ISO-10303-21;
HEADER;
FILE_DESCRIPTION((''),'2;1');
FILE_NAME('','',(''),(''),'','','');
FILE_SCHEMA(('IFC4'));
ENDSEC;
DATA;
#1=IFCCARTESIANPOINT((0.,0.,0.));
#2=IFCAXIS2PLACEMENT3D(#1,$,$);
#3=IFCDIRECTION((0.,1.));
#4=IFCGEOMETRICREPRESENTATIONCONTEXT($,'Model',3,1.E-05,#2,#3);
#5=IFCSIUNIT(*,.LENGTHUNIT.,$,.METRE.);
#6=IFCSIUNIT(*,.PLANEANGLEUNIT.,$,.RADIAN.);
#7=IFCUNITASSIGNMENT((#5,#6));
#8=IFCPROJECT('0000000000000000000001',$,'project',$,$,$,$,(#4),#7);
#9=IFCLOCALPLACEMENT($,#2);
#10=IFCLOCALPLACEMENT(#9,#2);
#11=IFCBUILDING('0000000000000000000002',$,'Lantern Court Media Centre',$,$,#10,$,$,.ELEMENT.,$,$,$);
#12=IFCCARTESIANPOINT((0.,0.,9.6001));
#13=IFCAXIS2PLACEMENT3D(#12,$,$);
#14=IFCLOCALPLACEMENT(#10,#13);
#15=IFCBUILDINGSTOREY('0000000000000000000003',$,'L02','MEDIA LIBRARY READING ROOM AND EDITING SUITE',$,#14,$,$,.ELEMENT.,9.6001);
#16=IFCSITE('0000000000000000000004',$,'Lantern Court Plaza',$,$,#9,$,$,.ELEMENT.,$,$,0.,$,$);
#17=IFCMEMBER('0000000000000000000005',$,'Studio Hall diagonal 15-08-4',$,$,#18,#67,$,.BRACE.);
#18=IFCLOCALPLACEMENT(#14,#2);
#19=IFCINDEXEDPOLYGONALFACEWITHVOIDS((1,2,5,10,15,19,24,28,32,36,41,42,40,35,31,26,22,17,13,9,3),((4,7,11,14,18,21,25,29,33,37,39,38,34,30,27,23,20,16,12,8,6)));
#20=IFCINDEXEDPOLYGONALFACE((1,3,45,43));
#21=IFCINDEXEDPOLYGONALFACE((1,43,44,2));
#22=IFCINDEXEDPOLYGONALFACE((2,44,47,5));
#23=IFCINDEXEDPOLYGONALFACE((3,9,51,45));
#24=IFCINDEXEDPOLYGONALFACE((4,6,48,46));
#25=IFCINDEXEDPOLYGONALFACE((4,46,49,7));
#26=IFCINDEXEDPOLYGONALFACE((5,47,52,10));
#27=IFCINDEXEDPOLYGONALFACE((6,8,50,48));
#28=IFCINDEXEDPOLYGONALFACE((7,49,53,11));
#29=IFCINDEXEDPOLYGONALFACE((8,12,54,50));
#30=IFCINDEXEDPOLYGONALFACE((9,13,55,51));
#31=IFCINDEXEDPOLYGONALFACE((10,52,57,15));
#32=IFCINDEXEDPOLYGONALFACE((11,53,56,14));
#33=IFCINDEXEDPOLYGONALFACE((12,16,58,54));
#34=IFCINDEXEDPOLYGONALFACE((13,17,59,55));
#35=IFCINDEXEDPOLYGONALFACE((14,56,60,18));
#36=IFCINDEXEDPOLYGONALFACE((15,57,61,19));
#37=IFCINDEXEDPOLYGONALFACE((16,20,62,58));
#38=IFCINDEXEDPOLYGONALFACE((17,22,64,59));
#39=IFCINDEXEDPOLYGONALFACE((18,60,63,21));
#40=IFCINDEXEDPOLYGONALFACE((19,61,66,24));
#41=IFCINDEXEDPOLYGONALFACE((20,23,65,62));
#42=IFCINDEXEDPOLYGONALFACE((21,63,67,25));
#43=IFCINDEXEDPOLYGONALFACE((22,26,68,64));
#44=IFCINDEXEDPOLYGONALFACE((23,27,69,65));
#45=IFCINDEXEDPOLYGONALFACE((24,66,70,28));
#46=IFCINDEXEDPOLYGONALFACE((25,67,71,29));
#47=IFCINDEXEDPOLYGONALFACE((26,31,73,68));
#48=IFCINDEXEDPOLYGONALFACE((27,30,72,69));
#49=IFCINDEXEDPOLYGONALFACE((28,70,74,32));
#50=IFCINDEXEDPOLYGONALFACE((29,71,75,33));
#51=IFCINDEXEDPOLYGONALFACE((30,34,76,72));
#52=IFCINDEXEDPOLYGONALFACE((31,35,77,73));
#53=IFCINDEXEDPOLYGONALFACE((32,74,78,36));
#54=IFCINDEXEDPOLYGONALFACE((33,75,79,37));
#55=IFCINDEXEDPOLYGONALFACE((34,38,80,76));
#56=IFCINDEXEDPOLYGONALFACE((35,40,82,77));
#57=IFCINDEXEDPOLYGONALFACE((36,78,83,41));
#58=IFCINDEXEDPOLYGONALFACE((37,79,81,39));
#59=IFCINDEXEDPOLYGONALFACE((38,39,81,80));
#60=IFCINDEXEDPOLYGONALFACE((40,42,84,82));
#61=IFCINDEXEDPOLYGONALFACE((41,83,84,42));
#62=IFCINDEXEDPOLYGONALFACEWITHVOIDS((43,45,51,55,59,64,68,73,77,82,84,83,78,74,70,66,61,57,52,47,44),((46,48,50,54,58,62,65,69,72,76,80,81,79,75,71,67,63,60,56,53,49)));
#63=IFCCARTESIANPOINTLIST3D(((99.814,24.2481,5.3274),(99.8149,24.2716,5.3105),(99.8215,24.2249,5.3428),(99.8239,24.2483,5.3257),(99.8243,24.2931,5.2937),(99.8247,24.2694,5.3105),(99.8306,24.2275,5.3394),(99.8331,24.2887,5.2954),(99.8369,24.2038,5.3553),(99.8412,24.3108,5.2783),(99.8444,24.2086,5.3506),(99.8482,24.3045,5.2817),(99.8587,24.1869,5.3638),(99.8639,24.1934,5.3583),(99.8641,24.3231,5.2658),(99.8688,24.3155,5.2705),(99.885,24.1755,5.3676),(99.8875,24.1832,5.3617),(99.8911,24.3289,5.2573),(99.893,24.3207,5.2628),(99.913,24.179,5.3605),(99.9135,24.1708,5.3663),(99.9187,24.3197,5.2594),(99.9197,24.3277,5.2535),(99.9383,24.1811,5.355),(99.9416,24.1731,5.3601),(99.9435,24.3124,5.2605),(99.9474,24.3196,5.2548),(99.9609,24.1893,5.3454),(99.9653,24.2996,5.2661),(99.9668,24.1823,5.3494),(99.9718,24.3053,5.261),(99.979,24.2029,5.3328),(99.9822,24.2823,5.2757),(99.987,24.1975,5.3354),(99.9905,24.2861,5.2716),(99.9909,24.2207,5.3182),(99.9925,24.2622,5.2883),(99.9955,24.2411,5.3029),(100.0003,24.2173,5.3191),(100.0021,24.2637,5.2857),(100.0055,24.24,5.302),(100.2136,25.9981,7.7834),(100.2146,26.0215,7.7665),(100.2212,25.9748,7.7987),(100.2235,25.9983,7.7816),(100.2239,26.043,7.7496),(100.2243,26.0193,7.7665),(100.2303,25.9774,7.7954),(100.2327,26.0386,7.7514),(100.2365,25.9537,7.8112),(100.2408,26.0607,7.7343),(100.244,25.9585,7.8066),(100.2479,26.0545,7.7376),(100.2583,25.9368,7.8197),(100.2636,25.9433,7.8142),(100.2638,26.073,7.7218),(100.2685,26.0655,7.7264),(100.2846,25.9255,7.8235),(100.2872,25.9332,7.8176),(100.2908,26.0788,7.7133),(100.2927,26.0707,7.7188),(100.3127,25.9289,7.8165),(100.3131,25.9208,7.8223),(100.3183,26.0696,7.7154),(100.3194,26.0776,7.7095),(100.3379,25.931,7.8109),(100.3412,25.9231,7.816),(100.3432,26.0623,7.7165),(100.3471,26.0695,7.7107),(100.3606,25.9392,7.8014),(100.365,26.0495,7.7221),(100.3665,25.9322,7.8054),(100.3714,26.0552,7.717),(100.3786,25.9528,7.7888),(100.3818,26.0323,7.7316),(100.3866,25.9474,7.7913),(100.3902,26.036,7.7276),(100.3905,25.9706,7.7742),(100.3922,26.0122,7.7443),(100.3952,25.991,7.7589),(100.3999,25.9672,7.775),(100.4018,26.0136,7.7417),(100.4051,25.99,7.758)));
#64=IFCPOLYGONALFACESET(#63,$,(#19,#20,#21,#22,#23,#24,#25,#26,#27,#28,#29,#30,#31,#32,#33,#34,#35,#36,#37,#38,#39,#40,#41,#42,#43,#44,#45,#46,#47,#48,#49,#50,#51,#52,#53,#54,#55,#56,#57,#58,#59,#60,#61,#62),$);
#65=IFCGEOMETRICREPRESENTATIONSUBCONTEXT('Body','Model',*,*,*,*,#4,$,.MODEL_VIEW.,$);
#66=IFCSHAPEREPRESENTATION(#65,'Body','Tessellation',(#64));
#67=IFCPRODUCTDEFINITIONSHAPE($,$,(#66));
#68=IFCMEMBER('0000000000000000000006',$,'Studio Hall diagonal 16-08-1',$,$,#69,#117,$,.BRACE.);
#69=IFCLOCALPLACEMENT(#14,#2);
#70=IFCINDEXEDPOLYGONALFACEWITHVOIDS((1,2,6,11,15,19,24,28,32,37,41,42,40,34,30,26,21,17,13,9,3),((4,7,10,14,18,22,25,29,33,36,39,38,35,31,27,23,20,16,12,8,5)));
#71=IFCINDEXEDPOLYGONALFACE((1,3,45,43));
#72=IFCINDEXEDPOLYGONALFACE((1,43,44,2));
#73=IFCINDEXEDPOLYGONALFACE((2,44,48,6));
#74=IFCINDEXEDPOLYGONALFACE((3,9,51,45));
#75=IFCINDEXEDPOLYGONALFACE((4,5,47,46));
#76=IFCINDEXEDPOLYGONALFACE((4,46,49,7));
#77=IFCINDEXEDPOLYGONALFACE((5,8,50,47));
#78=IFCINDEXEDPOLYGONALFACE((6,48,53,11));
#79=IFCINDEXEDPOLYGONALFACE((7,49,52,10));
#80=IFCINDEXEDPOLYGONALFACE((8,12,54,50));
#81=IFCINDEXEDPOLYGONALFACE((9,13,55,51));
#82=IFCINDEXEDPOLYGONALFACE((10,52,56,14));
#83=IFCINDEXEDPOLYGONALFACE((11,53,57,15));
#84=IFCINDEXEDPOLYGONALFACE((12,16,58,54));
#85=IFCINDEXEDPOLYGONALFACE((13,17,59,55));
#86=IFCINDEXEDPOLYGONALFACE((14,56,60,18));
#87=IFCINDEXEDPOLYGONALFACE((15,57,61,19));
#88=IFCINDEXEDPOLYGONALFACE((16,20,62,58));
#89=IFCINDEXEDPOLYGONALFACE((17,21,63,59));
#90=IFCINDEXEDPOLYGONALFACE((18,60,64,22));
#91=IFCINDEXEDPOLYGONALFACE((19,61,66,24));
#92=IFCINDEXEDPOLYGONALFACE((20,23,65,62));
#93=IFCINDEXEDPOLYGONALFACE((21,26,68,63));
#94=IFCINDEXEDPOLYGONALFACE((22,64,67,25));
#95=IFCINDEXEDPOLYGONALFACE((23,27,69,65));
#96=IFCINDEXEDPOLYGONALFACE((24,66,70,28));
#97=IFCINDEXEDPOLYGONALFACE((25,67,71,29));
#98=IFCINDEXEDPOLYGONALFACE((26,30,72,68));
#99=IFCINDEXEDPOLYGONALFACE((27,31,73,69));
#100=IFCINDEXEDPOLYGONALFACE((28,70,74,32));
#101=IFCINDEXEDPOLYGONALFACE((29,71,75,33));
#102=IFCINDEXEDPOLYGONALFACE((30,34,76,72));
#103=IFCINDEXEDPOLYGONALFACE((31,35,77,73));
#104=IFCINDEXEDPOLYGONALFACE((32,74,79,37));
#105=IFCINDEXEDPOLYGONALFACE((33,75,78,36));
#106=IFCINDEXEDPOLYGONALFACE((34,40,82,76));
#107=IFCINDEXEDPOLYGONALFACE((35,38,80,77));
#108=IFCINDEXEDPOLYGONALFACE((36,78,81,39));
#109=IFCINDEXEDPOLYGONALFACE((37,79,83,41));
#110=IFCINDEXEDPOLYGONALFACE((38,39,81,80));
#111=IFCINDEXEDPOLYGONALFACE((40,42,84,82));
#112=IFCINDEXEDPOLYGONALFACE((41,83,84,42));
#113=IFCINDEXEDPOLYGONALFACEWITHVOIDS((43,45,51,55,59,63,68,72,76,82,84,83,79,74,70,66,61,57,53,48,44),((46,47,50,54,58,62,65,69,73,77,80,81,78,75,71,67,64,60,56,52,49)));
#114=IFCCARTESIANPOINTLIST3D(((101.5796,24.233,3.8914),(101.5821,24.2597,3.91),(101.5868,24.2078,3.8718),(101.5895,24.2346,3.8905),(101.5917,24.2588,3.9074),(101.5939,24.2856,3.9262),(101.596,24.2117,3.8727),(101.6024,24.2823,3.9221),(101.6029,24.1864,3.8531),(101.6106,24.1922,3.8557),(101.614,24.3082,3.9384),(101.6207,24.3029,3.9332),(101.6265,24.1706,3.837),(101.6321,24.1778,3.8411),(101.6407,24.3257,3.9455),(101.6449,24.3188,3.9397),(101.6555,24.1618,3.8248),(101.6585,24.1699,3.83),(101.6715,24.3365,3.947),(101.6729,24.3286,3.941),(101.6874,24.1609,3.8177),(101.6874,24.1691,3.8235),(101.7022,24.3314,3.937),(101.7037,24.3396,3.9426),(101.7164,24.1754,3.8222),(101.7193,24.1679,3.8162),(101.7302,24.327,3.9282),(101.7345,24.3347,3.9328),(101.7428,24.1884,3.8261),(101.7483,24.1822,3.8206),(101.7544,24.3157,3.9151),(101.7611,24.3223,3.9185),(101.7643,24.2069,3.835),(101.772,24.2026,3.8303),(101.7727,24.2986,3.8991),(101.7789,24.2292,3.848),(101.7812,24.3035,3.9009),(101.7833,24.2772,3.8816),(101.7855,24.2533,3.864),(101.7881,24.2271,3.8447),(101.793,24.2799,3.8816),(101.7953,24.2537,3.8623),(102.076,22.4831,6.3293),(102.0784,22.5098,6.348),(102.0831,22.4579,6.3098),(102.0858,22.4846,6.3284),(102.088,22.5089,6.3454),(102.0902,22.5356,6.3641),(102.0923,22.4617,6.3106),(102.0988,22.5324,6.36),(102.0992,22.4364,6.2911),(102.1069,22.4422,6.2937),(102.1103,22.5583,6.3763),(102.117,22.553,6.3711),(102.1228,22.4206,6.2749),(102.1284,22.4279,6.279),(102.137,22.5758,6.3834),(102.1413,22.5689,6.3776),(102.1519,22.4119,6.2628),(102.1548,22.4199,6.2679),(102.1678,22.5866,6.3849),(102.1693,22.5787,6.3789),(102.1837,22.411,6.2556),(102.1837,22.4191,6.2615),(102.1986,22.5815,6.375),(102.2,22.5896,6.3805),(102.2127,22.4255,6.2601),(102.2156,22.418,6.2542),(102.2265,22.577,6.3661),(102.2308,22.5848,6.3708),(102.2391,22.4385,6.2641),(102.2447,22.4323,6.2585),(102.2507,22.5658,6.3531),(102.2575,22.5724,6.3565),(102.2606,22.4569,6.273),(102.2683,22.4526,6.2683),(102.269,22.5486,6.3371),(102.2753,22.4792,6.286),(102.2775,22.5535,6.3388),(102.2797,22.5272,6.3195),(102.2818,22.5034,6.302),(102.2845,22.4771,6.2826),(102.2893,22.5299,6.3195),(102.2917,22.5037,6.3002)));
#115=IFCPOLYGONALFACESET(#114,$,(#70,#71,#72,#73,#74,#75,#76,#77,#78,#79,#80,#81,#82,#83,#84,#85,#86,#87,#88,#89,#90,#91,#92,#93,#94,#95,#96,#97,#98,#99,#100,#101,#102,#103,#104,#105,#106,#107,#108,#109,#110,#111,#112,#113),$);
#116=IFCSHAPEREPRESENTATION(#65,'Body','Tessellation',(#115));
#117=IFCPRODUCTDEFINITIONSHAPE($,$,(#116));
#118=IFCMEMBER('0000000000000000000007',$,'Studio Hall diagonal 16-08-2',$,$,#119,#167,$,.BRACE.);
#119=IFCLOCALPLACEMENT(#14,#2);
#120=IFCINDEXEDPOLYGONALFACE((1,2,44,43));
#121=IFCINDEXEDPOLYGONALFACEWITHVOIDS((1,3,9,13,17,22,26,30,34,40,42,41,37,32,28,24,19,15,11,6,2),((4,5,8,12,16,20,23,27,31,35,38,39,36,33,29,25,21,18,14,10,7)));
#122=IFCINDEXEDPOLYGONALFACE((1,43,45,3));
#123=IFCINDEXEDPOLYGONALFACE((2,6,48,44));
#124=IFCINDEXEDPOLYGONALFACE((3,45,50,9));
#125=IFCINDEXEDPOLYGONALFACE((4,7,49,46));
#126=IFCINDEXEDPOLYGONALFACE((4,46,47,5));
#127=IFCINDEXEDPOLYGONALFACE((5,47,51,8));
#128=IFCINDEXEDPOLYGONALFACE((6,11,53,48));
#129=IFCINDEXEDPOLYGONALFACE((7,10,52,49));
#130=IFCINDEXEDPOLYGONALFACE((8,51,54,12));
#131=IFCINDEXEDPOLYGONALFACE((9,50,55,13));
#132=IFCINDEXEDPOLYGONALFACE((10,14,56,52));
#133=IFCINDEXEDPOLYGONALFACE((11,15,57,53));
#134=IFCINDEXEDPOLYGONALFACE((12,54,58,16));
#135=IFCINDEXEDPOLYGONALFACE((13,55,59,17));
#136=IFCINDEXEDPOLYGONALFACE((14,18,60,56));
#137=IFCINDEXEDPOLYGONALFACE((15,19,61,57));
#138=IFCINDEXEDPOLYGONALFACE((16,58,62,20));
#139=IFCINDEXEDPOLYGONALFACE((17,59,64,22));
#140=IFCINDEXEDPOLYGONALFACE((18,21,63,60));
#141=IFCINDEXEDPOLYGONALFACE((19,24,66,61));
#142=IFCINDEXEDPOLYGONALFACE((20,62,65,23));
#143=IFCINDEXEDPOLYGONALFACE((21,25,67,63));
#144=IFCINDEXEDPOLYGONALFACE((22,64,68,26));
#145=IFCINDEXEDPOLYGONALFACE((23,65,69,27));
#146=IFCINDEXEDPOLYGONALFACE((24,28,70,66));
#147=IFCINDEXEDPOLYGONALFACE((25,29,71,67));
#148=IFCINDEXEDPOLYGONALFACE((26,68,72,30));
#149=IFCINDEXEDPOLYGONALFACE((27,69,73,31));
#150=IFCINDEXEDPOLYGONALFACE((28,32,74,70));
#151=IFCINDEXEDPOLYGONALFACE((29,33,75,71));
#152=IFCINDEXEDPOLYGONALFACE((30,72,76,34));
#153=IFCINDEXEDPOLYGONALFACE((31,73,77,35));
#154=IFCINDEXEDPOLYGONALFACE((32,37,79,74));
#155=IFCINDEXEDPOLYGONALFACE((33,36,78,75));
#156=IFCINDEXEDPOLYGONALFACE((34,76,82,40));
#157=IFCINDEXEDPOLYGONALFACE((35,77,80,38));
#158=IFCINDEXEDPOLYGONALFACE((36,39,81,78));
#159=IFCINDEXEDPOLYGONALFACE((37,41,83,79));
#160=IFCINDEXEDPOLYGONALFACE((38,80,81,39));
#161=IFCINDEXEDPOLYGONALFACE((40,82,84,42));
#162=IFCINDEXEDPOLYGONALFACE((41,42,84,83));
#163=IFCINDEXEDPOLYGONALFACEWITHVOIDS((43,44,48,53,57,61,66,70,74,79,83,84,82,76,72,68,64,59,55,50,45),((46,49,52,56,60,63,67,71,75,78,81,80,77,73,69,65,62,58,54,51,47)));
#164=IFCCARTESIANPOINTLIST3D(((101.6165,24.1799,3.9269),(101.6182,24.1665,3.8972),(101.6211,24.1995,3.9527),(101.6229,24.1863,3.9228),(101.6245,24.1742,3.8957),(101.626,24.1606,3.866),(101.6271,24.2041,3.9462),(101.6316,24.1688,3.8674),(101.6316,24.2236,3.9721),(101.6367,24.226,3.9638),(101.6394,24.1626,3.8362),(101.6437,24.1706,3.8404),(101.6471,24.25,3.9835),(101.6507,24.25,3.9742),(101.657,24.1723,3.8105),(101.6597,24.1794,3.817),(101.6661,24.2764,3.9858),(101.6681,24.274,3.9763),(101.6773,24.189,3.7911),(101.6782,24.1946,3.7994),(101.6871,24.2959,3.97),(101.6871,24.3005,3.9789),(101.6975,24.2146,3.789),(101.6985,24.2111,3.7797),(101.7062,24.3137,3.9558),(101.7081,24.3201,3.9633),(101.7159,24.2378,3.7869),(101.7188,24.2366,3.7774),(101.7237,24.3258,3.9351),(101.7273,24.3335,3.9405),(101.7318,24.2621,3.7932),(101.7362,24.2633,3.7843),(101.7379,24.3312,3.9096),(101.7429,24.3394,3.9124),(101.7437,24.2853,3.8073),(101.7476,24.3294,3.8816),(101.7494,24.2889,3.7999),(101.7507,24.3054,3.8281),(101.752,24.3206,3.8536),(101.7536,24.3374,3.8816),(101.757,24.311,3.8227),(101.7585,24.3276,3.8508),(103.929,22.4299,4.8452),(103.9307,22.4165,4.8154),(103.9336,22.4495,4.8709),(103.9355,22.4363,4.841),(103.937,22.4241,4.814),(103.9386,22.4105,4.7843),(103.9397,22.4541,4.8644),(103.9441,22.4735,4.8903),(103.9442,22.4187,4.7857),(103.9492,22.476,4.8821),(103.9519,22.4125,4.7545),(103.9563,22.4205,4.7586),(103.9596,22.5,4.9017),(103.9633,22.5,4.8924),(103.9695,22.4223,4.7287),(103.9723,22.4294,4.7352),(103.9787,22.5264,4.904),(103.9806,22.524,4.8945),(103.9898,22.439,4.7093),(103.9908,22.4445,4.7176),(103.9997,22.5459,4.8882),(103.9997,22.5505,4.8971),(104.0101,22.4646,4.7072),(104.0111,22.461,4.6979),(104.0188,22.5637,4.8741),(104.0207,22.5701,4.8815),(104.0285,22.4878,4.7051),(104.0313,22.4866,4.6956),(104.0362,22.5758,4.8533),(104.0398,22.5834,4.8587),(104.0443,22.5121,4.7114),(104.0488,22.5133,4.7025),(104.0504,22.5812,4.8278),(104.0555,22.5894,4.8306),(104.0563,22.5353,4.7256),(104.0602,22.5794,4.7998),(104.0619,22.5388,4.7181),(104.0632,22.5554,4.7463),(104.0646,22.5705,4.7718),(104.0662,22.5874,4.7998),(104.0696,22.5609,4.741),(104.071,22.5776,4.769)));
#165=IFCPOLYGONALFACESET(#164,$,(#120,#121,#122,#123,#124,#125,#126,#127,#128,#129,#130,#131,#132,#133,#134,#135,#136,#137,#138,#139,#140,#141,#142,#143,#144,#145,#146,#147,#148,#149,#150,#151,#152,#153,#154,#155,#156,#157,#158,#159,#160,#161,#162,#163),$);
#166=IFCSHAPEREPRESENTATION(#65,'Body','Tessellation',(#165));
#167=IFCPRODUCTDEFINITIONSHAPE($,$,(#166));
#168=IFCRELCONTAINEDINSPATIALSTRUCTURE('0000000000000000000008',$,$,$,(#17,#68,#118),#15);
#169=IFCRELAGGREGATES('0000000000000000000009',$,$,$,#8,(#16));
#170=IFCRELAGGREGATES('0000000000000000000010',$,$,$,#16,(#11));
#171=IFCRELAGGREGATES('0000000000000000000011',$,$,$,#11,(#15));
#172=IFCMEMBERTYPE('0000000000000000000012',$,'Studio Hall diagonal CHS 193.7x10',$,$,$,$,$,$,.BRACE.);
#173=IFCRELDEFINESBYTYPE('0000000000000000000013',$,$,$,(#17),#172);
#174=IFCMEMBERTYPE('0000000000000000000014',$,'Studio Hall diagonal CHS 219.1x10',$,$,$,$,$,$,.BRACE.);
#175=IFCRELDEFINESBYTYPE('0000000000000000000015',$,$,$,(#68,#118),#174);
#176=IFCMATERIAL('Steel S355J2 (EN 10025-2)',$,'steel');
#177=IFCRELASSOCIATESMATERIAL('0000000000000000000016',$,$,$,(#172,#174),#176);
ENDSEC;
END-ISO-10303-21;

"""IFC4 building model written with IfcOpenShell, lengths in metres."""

from ifc_helpers import new_model, si_unit, direction, frame, origin, origin_2d, place, context, subcontext, project, spatial, hollow_circle, extrude, material, material_profile, profile_set, type_object, element, save


model = new_model("IFC4")

# Units and contexts
model_context = context("Model", 3, precision=1e-05, world=origin(), true_north=direction((0.0, 1.0)))
body_context = subcontext(model_context, "Body", "Model", "MODEL_VIEW")
ifc_project = project(units=[si_unit("LENGTHUNIT", "METRE"), si_unit("PLANEANGLEUNIT", "RADIAN")], contexts=[model_context])

# Site, building, storey
site_placement = place(None, origin())
site = spatial("IfcSite", under=ifc_project, at=site_placement, Name="Lantern Court Plaza", CompositionType="ELEMENT", RefElevation=0.0)
building_placement = place(site_placement, origin())
building = spatial("IfcBuilding", under=site, at=building_placement, Name="Lantern Court Media Centre", CompositionType="ELEMENT")
storey_placement = place(building_placement, frame((0.0, 0.0, 9.6001)))
storey = spatial("IfcBuildingStorey", under=building, at=storey_placement, Name="L02", Description="MEDIA LIBRARY READING ROOM AND EDITING SUITE", CompositionType="ELEMENT", Elevation=9.6001)

# Shared definitions
ifc_material_1 = material(Name="Steel S355J2 (EN 10025-2)", Category="steel")

# Members
ifc_material_profile_1 = material_profile(ifc_material_1, hollow_circle(Radius=0.0969, WallThickness=0.01, at=origin_2d()), Name="Studio Hall diagonal CHS 193.7x10")
ifc_profile_set_1 = profile_set([ifc_material_profile_1], Name="Steel S355J2 (EN 10025-2)")
member_type_1 = type_object("IfcMemberType", Name="Studio Hall diagonal CHS 193.7x10", PredefinedType="BRACE", material=ifc_profile_set_1)
for number, where, z_axis, x_axis, name in (
    (1, (99.9094, 24.25, 5.3105), (0.131375, 0.575259, 0.807352), (-0.9749, 0.222644, 0.0), "Studio Hall diagonal 15-08-4"),
):
    element("IfcMember", number, at=place(storey_placement, frame(where, z_axis=z_axis, x_axis=x_axis)), inside=storey, type_object=member_type_1, Name=name, PredefinedType="BRACE", context=body_context, shape_type="SweptSolid", body=[
        extrude(hollow_circle(Radius=0.0969, WallThickness=0.01, at=origin_2d()), origin(), (0.0, 0.0, 1.0), 3.042),
    ])
ifc_material_profile_2 = material_profile(ifc_material_1, hollow_circle(Radius=0.1096, WallThickness=0.01, at=origin_2d()), Name="Studio Hall diagonal CHS 219.1x10")
ifc_profile_set_2 = profile_set([ifc_material_profile_2], Name="Steel S355J2 (EN 10025-2)")
member_type_2 = type_object("IfcMemberType", Name="Studio Hall diagonal CHS 219.1x10", PredefinedType="BRACE", material=ifc_profile_set_2)
member_1_placement = place(storey_placement, frame((101.6875, 24.25, 3.8816), z_axis=(0.163172, -0.575314, 0.801491), x_axis=(0.962054, 0.272859, 0.0)))
element("IfcMember", 2, at=member_1_placement, inside=storey, type_object=member_type_2, Name="Studio Hall diagonal 16-08-1", PredefinedType="BRACE", context=body_context, shape_type="SweptSolid", body=[
    extrude(hollow_circle(Radius=0.1096, WallThickness=0.01, at=origin_2d()), origin(), (0.0, 0.0, 1.0), 3.0417),
])
for number, where, z_axis, x_axis, name in (
    (3, (101.6875, 24.25, 3.8816), (0.760211, -0.575295, 0.301853), (0.603443, 0.797406, 0.0), "Studio Hall diagonal 16-08-2"),
):
    element("IfcMember", number, at=place(storey_placement, frame(where, z_axis=z_axis, x_axis=x_axis)), inside=storey, type_object=member_type_2, Name=name, PredefinedType="BRACE", context=body_context, shape_type="SweptSolid", body=[
        extrude(hollow_circle(Radius=0.1096, WallThickness=0.01, at=origin_2d()), origin(), (0.0, 0.0, 1.0), 3.042),
    ])

save(model, "model.ifc")
